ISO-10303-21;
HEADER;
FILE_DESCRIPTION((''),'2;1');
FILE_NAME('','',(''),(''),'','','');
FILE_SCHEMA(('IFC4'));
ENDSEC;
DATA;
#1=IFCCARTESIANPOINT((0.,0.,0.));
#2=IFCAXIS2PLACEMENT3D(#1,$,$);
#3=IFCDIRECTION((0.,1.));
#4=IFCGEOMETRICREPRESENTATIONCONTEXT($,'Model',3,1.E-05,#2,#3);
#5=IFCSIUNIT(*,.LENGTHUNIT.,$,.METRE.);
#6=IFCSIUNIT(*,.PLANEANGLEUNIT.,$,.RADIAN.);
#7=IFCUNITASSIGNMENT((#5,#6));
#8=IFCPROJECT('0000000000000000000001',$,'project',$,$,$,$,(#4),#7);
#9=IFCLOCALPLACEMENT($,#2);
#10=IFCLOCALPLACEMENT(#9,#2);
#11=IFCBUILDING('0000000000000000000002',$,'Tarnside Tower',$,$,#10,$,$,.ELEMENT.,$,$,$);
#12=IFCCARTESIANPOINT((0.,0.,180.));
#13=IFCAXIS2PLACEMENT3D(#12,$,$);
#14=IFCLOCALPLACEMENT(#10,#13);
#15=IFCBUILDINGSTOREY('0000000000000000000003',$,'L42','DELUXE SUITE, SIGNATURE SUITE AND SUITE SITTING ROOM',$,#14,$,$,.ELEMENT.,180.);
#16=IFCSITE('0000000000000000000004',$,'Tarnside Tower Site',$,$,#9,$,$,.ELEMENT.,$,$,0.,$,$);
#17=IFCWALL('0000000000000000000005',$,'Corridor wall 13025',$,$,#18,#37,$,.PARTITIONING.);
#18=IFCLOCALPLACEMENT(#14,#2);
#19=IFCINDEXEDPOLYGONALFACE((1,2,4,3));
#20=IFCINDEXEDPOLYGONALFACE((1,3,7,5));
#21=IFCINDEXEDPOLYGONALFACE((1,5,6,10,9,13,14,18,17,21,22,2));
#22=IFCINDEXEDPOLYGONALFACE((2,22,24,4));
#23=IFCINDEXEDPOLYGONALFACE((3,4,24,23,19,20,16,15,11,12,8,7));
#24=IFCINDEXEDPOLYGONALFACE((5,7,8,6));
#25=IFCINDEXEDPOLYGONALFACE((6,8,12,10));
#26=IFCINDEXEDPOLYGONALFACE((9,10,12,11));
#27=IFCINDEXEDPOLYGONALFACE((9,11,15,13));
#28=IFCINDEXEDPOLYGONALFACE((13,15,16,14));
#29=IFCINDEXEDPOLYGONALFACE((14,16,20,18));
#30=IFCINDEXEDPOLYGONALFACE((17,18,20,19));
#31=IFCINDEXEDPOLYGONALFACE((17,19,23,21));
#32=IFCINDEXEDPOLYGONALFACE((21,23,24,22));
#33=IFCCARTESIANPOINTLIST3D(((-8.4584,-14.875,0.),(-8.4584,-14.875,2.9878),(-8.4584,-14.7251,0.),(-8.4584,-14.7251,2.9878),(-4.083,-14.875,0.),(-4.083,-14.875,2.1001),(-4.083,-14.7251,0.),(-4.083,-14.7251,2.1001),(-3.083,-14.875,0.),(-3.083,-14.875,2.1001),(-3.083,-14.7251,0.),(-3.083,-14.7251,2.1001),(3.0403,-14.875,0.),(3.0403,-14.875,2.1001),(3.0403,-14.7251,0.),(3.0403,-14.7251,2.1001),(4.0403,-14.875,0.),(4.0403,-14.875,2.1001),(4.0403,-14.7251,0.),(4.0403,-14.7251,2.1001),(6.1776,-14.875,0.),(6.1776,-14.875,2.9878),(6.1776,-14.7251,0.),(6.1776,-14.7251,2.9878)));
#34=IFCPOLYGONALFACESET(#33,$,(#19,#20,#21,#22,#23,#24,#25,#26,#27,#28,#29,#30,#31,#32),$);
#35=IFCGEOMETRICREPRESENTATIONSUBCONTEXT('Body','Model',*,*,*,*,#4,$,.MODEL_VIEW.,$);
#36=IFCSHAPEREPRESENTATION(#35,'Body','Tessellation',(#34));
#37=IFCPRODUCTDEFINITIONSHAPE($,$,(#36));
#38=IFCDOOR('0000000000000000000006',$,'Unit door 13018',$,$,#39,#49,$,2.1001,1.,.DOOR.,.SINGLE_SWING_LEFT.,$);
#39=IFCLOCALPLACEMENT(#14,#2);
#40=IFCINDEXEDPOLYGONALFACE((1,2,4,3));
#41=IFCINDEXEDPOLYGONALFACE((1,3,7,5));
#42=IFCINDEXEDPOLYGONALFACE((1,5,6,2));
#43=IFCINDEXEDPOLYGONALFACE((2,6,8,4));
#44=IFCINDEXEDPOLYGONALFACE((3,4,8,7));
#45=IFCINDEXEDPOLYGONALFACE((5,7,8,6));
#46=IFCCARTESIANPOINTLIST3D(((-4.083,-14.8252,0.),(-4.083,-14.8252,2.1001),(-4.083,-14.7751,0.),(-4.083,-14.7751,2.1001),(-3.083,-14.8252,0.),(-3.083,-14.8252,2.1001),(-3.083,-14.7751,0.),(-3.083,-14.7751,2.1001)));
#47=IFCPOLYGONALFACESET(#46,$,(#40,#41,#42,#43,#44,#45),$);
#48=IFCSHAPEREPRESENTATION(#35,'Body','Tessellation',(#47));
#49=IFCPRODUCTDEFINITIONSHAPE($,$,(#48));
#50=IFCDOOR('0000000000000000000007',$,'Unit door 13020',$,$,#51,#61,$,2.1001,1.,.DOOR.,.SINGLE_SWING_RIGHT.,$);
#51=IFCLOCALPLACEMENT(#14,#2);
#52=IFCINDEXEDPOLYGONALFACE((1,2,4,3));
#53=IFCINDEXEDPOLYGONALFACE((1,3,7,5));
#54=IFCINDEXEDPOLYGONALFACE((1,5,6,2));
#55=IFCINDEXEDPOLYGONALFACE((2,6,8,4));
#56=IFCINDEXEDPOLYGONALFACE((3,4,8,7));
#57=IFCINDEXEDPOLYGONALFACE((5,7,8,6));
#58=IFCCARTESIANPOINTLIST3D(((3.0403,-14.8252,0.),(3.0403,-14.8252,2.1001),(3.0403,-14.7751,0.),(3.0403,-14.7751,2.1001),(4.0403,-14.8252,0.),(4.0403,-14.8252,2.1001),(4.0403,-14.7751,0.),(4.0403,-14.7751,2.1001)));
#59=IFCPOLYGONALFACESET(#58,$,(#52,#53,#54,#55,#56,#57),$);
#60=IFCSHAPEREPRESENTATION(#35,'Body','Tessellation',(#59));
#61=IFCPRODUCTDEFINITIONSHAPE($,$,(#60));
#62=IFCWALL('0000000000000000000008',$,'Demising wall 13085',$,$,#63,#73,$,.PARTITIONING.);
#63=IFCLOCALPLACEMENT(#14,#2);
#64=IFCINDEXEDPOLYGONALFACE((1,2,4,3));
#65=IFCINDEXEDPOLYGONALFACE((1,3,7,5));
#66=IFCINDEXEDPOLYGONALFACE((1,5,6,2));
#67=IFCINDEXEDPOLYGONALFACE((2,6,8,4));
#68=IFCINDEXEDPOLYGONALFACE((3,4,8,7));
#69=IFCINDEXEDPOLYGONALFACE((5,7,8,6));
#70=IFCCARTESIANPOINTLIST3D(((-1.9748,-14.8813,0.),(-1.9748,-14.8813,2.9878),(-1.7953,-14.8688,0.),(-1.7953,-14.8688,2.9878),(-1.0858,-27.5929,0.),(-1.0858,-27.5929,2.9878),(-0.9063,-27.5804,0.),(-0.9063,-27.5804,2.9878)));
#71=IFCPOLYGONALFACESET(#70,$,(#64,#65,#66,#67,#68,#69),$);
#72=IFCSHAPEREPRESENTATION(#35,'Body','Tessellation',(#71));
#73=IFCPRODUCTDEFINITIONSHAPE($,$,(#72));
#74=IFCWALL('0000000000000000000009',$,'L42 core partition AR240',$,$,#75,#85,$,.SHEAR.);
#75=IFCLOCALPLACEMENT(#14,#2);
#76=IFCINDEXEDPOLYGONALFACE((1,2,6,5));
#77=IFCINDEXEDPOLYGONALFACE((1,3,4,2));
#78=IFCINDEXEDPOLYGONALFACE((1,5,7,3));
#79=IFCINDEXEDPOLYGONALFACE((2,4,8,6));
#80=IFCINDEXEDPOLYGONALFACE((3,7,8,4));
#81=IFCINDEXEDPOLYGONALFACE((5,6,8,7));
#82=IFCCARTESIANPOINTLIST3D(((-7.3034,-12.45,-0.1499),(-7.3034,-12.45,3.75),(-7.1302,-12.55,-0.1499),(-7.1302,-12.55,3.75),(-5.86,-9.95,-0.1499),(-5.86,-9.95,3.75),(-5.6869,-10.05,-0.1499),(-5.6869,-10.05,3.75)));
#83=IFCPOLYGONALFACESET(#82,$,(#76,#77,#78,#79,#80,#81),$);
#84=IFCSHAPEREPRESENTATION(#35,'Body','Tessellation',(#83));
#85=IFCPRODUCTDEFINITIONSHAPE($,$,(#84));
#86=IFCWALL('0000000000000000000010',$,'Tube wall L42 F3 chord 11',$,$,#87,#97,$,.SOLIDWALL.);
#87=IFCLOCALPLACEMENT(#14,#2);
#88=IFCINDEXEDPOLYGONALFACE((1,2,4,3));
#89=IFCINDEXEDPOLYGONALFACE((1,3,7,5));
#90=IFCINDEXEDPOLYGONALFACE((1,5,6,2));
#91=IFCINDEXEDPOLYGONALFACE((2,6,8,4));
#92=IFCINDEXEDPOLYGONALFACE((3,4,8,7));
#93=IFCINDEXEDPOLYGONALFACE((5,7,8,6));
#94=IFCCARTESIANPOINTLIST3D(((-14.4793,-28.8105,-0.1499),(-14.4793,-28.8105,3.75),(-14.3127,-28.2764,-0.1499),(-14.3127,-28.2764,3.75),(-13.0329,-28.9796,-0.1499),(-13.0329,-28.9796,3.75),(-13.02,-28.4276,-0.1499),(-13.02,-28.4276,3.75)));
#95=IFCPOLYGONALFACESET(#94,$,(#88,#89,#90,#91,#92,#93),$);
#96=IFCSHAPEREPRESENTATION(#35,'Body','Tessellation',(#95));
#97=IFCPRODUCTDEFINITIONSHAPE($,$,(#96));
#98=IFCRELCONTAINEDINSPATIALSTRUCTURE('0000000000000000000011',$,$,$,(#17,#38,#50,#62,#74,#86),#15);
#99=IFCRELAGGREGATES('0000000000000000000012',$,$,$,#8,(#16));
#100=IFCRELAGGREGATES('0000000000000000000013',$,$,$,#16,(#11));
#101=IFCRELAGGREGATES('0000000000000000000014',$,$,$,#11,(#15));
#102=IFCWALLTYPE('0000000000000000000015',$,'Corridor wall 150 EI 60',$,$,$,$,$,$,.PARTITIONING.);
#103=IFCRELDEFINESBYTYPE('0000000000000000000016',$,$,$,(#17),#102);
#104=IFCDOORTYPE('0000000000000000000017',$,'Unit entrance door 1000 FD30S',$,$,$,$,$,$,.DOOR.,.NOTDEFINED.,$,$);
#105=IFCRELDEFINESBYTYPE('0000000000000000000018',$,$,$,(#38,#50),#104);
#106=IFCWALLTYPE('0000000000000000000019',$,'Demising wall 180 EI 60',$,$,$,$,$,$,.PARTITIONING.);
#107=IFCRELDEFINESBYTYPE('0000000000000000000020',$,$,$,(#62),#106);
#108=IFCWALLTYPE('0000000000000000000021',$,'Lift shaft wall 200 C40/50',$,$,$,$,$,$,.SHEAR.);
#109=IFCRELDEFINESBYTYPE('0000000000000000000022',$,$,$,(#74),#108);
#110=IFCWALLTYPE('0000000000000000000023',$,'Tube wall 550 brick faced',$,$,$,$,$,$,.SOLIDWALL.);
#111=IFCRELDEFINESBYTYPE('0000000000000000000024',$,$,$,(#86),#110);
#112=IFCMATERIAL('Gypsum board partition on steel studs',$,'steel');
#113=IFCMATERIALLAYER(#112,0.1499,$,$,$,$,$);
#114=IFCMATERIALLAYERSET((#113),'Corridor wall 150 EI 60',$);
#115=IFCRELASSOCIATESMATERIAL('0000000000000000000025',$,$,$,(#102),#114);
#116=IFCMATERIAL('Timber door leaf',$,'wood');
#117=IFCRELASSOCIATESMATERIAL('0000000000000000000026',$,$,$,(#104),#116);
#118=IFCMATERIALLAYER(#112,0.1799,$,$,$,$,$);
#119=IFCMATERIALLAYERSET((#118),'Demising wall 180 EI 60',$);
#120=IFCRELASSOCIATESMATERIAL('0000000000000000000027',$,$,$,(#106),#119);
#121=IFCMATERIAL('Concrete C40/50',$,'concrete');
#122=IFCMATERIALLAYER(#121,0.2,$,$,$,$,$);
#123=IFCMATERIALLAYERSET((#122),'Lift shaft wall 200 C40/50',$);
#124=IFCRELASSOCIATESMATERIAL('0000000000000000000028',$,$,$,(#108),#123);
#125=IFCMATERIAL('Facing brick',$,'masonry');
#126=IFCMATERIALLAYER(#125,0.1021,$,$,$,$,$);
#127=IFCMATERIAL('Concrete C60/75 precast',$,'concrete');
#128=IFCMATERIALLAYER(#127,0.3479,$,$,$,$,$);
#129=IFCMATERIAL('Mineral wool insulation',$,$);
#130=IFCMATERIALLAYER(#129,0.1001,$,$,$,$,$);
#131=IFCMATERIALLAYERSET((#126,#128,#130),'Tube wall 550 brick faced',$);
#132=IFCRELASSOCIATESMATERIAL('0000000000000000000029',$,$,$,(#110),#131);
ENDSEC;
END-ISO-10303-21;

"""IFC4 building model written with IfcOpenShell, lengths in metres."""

from ifc_helpers import new_model, si_unit, direction, frame, frame_2d, origin, place, context, subcontext, project, spatial, polyline, rectangle, outline, extrude, material, layer, layer_set, type_object, element, fill, save


model = new_model("IFC4")

# Units and contexts
model_context = context("Model", 3, precision=1e-05, world=origin(), true_north=direction((0.0, 1.0)))
body_context = subcontext(model_context, "Body", "Model", "MODEL_VIEW")
ifc_project = project(units=[si_unit("LENGTHUNIT", "METRE"), si_unit("PLANEANGLEUNIT", "RADIAN")], contexts=[model_context])

# Site, building, storey
site_placement = place(None, origin())
site = spatial("IfcSite", under=ifc_project, at=site_placement, Name="Tarnside Tower Site", CompositionType="ELEMENT", RefElevation=0.0)
building_placement = place(site_placement, origin())
building = spatial("IfcBuilding", under=site, at=building_placement, Name="Tarnside Tower", CompositionType="ELEMENT")
storey_placement = place(building_placement, frame((0.0, 0.0, 180.0)))
storey = spatial("IfcBuildingStorey", under=building, at=storey_placement, Name="L42", Description="DELUXE SUITE, SIGNATURE SUITE AND SUITE SITTING ROOM", CompositionType="ELEMENT", Elevation=180.0)

# Shared definitions
ifc_material_1 = material(Name="Gypsum board partition on steel studs", Category="steel")
ifc_material_2 = material(Name="Timber door leaf", Category="wood")

# Wall, openings, doors
ifc_layer_1 = layer(ifc_material_1, 0.1499)
ifc_layer_set_1 = layer_set([ifc_layer_1], Name="Corridor wall 150 EI 60")
wall_type_1 = type_object("IfcWallType", Name="Corridor wall 150 EI 60", PredefinedType="PARTITIONING", material=ifc_layer_set_1)
wall_1_placement = place(storey_placement, frame((-8.4583, -14.8, 0.0), z_axis=(0.0, 0.0, 1.0), x_axis=(1.0, 0.0, 0.0)))
wall_1 = element("IfcWall", 1, at=wall_1_placement, inside=storey, type_object=wall_type_1, Name="Corridor wall 13025", PredefinedType="PARTITIONING", context=body_context, shape_type="SweptSolid", body=[
    extrude(rectangle(XDim=14.636, YDim=0.1499, at=frame_2d((7.3179, 0.0))), origin(), (0.0, 0.0, 1.0), 2.9878),
])
opening_1_placement = place(wall_1_placement, frame((4.3752, 0.0, 0.0)))
opening_1 = element("IfcOpeningElement", 2, at=opening_1_placement, cuts=wall_1, PredefinedType="OPENING", context=body_context, shape_type="SweptSolid", body=[
    extrude(rectangle(XDim=1.0, YDim=2.1001, at=frame_2d((0.5, 1.05))), frame((0.0, 0.085, 0.0), z_axis=(0.0, -1.0, 0.0), x_axis=(1.0, 0.0, 0.0)), (0.0, 0.0, 1.0), 0.1699),
])
opening_2_placement = place(wall_1_placement, frame((11.4985, 0.0, 0.0)))
opening_2 = element("IfcOpeningElement", 3, at=opening_2_placement, cuts=wall_1, PredefinedType="OPENING", context=body_context, shape_type="SweptSolid", body=[
    extrude(rectangle(XDim=1.0, YDim=2.1001, at=frame_2d((0.5, 1.05))), frame((0.0, 0.085, 0.0), z_axis=(0.0, -1.0, 0.0), x_axis=(1.0, 0.0, 0.0)), (0.0, 0.0, 1.0), 0.1699),
])
door_type_1 = type_object("IfcDoorType", Name="Unit entrance door 1000 FD30S", OperationType="NOTDEFINED", PredefinedType="DOOR", material=ifc_material_2)
door_1_placement = place(opening_1_placement, origin())
door_1 = element("IfcDoor", 4, at=door_1_placement, inside=storey, type_object=door_type_1, Name="Unit door 13018", OperationType="SINGLE_SWING_LEFT", OverallHeight=2.1001, OverallWidth=1.0, PredefinedType="DOOR", context=body_context, shape_type="SweptSolid", body=[
    extrude(rectangle(XDim=1.0, YDim=2.1001, at=frame_2d((0.5, 1.05))), frame((0.0, 0.0249, 0.0), z_axis=(0.0, -1.0, 0.0), x_axis=(1.0, 0.0, 0.0)), (0.0, 0.0, 1.0), 0.05),
])
fill(opening_1, door_1)
door_2_placement = place(opening_2_placement, origin())
door_2 = element("IfcDoor", 5, at=door_2_placement, inside=storey, type_object=door_type_1, Name="Unit door 13020", OperationType="SINGLE_SWING_RIGHT", OverallHeight=2.1001, OverallWidth=1.0, PredefinedType="DOOR", context=body_context, shape_type="SweptSolid", body=[
    extrude(rectangle(XDim=1.0, YDim=2.1001, at=frame_2d((0.5, 1.05))), frame((0.0, 0.0249, 0.0), z_axis=(0.0, -1.0, 0.0), x_axis=(1.0, 0.0, 0.0)), (0.0, 0.0, 1.0), 0.05),
])
fill(opening_2, door_2)

# Walls
ifc_layer_2 = layer(ifc_material_1, 0.1799)
ifc_layer_set_2 = layer_set([ifc_layer_2], Name="Demising wall 180 EI 60")
wall_type_2 = type_object("IfcWallType", Name="Demising wall 180 EI 60", PredefinedType="PARTITIONING", material=ifc_layer_set_2)
wall_2_placement = place(storey_placement, frame((-0.9961, -27.5867, 0.0), z_axis=(0.0, 0.0, 1.0), x_axis=(-0.069759, 0.997564, 0.0)))
element("IfcWall", 6, at=wall_2_placement, inside=storey, type_object=wall_type_2, Name="Demising wall 13085", PredefinedType="PARTITIONING", context=body_context, shape_type="SweptSolid", body=[
    extrude(rectangle(XDim=12.7427, YDim=0.1799, at=frame_2d((6.3713, 0.0))), origin(), (0.0, 0.0, 1.0), 2.9878),
])
ifc_material_3 = material(Name="Concrete C40/50", Category="concrete")
ifc_layer_3 = layer(ifc_material_3, 0.2)
ifc_layer_set_3 = layer_set([ifc_layer_3], Name="Lift shaft wall 200 C40/50")
wall_type_3 = type_object("IfcWallType", Name="Lift shaft wall 200 C40/50", PredefinedType="SHEAR", material=ifc_layer_set_3)
wall_3_placement = place(storey_placement, frame((-5.7734, -10.0, -0.1499), z_axis=(0.0, 0.0, 1.0), x_axis=(-0.499996, -0.866028, 0.0)))
element("IfcWall", 7, at=wall_3_placement, inside=storey, type_object=wall_type_3, Name="L42 core partition AR240", PredefinedType="SHEAR", context=body_context, shape_type="SweptSolid", body=[
    extrude(rectangle(XDim=2.8867, YDim=0.2, at=frame_2d((1.4434, 0.0))), origin(), (0.0, 0.0, 1.0), 3.8999),
])
ifc_material_4 = material(Name="Facing brick", Category="masonry")
ifc_layer_4 = layer(ifc_material_4, 0.1021)
ifc_material_5 = material(Name="Concrete C60/75 precast", Category="concrete")
ifc_layer_5 = layer(ifc_material_5, 0.3479)
ifc_material_6 = material(Name="Mineral wool insulation")
ifc_layer_6 = layer(ifc_material_6, 0.1001)
ifc_layer_set_4 = layer_set([ifc_layer_4, ifc_layer_5, ifc_layer_6], Name="Tube wall 550 brick faced")
wall_type_4 = type_object("IfcWallType", Name="Tube wall 550 brick faced", PredefinedType="SOLIDWALL", material=ifc_layer_set_4)
wall_4_placement = place(storey_placement, frame((-14.396, -28.5435, -0.1499), z_axis=(0.0, 0.0, 1.0), x_axis=(0.993233, -0.116143, 0.0)))
element("IfcWall", 8, at=wall_4_placement, inside=storey, type_object=wall_type_4, Name="Tube wall L42 F3 chord 11", PredefinedType="SOLIDWALL", context=body_context, shape_type="SweptSolid", body=[
    extrude(outline(polyline([(-0.0518, -0.2749), (1.4045, -0.2749), (1.3533, 0.2749), (0.0518, 0.2749), (-0.0518, -0.2749)])), origin(), (0.0, 0.0, 1.0), 3.8999),
])

save(model, "model.ifc")
